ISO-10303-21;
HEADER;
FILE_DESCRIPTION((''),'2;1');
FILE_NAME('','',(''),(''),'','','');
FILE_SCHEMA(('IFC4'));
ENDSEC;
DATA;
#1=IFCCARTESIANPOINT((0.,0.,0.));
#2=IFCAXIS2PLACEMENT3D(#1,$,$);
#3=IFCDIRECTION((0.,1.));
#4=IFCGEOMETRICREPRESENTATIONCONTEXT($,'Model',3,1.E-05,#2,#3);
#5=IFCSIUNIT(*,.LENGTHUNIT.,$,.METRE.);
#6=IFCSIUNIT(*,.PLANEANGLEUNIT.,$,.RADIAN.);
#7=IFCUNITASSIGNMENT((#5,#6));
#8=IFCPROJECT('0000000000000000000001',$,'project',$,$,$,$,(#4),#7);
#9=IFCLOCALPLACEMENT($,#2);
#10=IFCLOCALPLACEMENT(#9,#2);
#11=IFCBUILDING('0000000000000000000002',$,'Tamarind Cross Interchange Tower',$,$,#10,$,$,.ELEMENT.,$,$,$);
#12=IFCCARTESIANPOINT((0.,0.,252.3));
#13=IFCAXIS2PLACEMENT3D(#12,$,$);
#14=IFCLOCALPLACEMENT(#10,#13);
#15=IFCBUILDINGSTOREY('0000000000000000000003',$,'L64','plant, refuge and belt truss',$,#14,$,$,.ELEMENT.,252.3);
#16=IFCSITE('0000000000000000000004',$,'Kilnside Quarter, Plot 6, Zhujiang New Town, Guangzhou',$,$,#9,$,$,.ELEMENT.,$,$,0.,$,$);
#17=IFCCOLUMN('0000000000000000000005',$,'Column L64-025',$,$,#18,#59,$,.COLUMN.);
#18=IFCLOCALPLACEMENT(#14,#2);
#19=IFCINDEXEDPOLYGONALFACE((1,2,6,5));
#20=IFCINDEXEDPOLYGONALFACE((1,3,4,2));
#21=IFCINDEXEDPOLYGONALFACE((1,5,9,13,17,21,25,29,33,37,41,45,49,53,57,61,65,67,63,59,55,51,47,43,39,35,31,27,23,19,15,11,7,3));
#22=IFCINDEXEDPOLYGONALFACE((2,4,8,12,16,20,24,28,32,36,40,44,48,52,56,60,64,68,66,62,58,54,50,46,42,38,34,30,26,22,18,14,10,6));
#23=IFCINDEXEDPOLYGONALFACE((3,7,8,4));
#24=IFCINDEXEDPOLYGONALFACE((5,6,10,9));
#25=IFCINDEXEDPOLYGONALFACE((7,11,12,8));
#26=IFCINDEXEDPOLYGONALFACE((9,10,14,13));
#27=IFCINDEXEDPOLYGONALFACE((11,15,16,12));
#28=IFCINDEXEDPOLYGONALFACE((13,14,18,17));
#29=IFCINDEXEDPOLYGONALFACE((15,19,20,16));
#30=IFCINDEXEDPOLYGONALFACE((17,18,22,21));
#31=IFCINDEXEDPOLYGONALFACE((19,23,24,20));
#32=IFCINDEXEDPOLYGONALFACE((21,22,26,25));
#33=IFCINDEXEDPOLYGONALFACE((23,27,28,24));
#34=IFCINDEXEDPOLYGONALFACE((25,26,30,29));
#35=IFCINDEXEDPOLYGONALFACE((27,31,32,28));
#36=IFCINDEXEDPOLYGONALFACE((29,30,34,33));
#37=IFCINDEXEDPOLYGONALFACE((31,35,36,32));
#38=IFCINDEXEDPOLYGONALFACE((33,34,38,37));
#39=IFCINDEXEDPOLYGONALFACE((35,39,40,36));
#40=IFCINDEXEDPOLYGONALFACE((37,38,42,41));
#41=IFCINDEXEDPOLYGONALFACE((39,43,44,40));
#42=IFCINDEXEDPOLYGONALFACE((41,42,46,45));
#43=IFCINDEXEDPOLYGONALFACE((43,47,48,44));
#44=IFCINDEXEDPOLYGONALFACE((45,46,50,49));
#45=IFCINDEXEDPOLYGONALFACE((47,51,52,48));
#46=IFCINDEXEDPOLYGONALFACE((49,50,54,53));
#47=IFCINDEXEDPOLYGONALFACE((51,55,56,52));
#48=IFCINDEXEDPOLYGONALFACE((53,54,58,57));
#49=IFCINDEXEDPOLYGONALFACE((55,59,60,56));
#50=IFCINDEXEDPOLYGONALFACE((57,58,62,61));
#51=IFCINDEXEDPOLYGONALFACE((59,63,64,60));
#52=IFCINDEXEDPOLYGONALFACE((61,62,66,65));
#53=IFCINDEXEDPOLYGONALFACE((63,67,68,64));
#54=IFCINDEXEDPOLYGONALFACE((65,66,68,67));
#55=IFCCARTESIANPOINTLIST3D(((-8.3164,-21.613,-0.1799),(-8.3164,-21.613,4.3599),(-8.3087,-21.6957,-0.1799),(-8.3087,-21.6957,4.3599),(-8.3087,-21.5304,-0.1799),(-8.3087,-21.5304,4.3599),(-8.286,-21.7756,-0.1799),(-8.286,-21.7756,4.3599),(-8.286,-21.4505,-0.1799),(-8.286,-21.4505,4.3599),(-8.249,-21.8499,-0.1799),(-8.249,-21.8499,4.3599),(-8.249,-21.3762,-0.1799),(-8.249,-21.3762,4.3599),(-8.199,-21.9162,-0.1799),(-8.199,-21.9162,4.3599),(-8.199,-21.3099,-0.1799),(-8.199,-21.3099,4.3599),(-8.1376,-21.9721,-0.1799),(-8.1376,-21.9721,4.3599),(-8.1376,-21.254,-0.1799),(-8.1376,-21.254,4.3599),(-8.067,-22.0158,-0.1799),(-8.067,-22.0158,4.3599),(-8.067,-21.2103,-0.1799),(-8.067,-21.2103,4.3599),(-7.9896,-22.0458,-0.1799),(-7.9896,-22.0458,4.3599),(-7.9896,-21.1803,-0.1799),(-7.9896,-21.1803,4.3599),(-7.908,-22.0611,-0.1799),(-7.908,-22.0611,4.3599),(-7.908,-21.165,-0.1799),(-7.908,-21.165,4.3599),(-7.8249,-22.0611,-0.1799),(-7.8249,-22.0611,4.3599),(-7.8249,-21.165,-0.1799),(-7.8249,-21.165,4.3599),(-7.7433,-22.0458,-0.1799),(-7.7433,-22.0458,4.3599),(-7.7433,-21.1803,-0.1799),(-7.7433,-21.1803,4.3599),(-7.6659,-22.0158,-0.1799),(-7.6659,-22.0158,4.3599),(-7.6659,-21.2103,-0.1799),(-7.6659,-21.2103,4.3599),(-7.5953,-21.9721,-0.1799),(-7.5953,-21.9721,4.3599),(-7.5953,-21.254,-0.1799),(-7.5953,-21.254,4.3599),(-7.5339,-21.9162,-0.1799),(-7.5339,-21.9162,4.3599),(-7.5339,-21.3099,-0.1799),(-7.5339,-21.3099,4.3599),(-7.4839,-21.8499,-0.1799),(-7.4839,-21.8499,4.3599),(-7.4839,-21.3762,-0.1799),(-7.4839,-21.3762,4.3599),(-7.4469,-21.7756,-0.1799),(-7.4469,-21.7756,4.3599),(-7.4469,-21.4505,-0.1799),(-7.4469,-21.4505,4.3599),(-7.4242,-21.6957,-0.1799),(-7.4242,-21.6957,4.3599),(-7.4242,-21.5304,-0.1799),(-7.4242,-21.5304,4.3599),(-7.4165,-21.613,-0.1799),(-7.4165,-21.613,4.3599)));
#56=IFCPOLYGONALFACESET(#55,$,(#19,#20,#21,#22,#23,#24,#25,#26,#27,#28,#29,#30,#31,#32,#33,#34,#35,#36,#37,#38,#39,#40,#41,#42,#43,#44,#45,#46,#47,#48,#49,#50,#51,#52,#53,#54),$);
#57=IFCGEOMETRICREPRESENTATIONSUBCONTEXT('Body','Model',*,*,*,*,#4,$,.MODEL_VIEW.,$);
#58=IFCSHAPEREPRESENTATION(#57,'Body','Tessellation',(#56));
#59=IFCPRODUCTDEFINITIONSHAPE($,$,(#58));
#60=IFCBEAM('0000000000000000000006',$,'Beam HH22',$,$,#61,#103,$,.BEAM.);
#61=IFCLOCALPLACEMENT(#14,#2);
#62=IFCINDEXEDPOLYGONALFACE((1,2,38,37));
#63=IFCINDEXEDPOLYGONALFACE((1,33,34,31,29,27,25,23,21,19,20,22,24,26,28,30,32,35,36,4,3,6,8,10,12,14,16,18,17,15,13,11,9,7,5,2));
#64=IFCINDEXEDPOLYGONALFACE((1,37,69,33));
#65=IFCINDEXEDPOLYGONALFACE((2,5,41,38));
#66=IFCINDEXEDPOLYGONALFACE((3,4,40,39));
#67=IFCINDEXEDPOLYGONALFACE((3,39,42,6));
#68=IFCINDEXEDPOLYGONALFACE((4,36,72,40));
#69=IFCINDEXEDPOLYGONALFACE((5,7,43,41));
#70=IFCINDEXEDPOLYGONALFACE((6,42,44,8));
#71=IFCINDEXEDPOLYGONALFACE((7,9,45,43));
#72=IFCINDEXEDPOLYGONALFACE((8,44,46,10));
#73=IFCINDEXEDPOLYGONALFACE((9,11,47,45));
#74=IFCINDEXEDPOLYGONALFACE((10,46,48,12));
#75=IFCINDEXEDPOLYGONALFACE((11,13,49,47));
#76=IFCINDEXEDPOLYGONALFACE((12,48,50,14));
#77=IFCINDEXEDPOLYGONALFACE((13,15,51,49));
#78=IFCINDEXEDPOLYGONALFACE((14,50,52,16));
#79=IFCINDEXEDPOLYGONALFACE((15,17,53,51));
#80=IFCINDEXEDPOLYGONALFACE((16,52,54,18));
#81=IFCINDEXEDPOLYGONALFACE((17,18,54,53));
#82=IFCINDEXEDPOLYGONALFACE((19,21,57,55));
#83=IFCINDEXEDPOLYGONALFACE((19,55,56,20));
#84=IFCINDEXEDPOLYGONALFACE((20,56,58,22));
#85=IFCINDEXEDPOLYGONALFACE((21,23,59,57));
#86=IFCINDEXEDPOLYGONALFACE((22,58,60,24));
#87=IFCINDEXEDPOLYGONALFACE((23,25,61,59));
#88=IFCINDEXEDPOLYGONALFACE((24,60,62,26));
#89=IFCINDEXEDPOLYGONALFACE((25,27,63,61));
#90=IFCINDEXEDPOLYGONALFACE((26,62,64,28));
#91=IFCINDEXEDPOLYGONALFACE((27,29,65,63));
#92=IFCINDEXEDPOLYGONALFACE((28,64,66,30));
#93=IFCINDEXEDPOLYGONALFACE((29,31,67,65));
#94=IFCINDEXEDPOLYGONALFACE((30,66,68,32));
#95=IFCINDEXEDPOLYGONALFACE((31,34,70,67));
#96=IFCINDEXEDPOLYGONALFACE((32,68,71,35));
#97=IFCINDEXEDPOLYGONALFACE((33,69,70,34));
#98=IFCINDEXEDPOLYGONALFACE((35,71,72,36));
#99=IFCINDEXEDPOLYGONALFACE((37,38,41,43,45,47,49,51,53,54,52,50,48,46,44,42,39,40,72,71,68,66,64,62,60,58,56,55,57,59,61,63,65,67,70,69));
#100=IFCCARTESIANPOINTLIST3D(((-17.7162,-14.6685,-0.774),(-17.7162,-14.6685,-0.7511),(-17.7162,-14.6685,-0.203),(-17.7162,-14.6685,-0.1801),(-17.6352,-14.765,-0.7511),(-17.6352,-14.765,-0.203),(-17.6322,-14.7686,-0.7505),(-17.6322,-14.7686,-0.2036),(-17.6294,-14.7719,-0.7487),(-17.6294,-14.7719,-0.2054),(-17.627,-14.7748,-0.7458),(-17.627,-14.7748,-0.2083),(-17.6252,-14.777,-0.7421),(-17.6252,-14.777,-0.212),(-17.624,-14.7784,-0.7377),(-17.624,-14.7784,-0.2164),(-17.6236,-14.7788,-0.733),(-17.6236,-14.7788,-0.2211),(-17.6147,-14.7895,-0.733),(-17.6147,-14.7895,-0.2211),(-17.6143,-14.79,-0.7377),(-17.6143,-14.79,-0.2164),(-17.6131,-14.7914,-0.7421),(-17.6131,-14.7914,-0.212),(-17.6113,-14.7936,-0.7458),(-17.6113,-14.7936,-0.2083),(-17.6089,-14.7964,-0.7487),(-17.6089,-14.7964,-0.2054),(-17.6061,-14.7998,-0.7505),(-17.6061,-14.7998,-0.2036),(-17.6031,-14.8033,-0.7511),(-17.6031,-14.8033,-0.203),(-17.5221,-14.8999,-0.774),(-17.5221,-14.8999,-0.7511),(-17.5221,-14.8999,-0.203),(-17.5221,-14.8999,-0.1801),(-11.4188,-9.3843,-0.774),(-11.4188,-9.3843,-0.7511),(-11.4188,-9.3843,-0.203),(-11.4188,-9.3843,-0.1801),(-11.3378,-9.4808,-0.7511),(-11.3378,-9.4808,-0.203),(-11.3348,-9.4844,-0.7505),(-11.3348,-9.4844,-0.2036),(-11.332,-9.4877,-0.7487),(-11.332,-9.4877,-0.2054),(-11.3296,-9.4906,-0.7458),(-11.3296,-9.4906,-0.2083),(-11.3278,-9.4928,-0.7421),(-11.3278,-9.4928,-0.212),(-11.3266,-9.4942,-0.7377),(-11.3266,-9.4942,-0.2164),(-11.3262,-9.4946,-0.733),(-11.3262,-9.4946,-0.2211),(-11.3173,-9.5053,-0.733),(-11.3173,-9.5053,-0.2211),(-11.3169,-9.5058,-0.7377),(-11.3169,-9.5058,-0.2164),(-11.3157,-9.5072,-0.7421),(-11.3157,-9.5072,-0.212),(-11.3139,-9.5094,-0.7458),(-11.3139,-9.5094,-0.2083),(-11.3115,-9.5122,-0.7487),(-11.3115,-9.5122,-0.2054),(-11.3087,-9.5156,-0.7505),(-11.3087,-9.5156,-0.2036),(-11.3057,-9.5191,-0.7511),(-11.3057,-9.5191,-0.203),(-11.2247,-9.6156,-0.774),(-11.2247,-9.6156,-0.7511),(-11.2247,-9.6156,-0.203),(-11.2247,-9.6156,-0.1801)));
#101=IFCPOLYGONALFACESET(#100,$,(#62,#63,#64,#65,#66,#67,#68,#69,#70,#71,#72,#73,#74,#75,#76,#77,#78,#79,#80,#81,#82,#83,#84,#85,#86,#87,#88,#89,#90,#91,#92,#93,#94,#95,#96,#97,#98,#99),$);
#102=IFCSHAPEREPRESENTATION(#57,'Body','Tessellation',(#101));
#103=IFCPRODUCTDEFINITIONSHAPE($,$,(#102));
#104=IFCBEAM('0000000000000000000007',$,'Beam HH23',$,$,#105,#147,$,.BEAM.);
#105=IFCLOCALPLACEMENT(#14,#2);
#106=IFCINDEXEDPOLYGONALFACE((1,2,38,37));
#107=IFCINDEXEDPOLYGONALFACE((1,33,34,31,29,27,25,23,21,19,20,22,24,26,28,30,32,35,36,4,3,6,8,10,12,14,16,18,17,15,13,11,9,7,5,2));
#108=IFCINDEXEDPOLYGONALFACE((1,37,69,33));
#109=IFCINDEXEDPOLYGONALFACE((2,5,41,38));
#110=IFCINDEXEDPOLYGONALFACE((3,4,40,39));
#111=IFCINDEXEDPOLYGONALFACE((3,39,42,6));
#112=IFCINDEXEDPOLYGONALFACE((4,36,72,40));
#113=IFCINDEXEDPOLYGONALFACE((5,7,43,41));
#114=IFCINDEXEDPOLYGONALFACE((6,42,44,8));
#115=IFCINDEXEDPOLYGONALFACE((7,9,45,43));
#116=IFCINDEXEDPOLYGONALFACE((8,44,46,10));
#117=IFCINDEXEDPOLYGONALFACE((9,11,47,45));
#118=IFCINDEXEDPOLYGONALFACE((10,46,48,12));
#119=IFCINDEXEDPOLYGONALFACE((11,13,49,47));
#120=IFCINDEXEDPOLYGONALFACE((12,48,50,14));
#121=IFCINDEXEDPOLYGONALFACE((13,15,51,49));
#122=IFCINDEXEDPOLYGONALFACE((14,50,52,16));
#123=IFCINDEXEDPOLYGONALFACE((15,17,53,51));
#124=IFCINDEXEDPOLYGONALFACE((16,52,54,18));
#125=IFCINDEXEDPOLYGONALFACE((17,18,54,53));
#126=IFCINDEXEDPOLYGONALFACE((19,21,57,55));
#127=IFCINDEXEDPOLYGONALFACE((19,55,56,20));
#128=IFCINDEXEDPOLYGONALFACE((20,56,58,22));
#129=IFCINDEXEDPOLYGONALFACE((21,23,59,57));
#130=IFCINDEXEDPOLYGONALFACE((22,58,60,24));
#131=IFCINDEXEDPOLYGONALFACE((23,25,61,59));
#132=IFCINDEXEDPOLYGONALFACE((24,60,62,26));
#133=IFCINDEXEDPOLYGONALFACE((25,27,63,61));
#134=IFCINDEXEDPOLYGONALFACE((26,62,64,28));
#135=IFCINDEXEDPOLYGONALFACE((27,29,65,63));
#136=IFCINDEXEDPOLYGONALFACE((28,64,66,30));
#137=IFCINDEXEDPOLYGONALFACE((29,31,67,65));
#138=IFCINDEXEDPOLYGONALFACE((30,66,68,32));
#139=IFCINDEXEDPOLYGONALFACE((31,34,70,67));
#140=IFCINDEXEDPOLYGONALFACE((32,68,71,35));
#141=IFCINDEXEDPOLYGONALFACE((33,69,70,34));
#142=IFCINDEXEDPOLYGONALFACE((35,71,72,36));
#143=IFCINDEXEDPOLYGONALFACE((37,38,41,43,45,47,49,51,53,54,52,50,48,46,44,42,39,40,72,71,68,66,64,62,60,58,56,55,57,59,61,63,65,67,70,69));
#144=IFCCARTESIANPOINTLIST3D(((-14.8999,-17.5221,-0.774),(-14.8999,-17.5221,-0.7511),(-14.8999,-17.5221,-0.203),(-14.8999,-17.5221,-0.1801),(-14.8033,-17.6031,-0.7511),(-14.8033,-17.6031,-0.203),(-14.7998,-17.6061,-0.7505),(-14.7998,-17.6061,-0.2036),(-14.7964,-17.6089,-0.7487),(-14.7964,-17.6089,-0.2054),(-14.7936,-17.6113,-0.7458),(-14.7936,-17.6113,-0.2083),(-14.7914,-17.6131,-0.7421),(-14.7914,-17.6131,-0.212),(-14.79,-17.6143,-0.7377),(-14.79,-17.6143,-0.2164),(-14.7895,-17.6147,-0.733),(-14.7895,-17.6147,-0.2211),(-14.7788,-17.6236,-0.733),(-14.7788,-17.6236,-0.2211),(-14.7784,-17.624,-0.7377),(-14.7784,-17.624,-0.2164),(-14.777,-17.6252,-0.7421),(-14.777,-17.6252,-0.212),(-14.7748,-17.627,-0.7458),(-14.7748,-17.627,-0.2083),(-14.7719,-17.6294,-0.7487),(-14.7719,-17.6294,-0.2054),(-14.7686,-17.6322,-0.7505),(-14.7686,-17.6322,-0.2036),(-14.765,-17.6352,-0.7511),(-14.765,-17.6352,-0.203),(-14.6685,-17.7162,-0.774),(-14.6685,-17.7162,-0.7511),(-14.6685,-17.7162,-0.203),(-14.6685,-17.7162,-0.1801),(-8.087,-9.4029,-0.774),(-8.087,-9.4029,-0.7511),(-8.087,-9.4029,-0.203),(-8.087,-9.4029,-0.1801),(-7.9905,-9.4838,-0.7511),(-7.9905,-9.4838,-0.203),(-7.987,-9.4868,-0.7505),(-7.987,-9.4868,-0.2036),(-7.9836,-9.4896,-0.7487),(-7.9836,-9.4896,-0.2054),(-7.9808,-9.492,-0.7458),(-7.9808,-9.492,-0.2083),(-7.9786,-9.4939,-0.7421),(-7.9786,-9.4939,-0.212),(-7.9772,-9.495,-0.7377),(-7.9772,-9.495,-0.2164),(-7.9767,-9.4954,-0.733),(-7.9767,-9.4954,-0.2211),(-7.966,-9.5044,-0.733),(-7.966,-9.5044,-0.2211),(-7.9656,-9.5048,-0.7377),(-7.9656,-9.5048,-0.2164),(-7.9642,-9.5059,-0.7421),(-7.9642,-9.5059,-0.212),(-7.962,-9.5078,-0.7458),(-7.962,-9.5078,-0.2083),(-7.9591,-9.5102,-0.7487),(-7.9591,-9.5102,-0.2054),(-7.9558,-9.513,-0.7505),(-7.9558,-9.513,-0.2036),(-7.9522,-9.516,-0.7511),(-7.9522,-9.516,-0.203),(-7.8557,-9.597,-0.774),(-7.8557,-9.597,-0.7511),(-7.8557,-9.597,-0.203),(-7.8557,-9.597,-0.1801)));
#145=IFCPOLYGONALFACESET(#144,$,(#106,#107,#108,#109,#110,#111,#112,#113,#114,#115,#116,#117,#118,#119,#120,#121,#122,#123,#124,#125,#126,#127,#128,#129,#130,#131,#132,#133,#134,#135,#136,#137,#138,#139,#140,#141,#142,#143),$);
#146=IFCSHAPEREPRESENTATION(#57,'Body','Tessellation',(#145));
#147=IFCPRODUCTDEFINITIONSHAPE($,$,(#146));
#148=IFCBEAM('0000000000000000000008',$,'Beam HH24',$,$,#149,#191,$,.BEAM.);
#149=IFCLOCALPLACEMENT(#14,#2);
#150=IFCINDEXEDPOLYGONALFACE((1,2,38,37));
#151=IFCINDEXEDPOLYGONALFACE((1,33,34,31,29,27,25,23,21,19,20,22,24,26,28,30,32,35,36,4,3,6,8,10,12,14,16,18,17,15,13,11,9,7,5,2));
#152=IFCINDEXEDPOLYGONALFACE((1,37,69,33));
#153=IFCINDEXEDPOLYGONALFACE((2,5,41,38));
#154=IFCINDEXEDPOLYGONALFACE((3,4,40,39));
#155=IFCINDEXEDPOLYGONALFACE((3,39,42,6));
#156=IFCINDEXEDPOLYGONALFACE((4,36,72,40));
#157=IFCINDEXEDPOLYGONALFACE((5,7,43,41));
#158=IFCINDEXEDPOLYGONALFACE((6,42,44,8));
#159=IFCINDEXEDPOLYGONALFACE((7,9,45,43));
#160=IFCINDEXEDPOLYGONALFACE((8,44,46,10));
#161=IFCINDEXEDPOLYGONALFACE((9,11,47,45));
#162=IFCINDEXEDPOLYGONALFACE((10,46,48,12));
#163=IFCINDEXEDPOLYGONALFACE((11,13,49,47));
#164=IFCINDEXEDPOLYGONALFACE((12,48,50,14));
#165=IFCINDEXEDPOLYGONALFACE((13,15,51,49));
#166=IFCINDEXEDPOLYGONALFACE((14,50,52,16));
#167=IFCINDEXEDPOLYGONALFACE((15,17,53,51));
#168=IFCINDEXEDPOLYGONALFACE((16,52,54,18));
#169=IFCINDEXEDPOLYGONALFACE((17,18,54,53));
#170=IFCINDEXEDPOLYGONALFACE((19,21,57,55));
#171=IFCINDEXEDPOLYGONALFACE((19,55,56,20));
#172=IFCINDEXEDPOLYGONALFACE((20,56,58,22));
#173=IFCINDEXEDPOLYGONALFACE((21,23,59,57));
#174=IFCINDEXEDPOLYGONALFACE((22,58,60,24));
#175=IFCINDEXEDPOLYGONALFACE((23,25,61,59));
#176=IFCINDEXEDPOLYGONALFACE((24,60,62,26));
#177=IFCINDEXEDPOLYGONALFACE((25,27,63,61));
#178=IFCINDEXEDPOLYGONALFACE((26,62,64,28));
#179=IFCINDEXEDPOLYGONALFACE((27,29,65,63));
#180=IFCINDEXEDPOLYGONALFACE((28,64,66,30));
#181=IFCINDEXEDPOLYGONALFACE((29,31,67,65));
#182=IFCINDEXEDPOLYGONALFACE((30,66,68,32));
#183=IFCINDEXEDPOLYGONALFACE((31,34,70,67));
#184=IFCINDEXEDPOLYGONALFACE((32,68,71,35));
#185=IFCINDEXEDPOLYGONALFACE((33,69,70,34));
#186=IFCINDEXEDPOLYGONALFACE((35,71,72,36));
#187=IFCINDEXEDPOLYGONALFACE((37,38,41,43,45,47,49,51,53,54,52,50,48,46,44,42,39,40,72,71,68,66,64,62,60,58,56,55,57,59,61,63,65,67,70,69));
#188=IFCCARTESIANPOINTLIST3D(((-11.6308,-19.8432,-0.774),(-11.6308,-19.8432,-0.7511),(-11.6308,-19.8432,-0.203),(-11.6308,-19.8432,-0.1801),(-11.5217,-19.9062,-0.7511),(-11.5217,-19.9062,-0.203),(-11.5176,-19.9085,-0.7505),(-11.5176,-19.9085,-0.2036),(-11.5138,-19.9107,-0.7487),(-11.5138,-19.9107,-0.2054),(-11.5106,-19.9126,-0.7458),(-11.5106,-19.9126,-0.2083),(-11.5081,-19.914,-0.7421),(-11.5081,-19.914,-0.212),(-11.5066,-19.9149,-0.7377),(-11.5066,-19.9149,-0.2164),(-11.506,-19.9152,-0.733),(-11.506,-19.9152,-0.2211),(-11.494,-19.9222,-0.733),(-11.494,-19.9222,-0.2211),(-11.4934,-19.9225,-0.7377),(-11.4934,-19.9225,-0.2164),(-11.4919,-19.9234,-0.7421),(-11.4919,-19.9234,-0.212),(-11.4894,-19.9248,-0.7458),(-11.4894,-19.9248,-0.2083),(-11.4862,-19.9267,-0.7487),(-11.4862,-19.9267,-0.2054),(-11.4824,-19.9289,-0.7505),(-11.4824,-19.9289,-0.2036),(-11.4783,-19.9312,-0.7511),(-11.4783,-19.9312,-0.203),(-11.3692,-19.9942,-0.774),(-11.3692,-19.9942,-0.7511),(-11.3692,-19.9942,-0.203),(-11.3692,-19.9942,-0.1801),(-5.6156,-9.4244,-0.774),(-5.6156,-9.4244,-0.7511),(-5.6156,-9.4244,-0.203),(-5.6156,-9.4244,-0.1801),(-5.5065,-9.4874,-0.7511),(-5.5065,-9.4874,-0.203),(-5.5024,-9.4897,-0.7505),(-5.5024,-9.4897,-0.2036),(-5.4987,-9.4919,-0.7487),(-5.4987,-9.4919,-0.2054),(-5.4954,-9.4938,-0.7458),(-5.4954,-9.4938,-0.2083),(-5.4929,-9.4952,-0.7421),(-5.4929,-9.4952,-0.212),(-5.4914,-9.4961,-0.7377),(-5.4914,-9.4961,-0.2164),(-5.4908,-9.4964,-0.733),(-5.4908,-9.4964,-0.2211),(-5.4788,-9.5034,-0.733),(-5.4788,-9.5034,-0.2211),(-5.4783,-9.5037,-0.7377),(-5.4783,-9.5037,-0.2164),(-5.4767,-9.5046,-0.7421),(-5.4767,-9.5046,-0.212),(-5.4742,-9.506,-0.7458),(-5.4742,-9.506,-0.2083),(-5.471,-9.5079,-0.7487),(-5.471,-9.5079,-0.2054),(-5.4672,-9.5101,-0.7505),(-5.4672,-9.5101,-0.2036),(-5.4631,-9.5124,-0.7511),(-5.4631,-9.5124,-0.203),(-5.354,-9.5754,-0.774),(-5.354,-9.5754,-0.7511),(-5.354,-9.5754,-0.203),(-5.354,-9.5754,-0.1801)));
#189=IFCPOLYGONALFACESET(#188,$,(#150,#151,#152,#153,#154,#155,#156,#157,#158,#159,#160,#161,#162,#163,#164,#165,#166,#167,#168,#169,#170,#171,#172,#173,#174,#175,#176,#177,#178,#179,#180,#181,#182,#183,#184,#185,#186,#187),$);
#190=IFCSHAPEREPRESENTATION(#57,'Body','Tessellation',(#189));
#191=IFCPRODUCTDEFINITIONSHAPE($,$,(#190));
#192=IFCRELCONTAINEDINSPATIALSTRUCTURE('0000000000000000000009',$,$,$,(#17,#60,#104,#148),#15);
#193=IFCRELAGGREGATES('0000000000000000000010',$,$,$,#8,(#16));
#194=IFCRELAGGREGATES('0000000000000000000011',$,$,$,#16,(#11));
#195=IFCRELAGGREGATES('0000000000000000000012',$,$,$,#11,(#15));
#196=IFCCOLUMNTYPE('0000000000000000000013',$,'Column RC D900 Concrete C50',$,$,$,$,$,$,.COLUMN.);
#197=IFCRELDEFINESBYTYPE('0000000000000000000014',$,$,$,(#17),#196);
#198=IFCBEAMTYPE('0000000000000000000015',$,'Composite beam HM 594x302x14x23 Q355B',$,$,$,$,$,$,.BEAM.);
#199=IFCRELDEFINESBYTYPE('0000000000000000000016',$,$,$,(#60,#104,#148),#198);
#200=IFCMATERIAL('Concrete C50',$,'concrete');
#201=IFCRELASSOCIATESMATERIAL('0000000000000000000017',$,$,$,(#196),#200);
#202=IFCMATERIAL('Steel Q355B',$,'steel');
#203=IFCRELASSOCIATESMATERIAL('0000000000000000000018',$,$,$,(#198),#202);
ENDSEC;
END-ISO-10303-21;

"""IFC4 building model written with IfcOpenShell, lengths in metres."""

from ifc_helpers import new_model, si_unit, direction, frame, origin, origin_2d, place, context, subcontext, project, spatial, circle, i_section, extrude, material, material_profile, profile_set, type_object, element, save


model = new_model("IFC4")

# Units and contexts
model_context = context("Model", 3, precision=1e-05, world=origin(), true_north=direction((0.0, 1.0)))
body_context = subcontext(model_context, "Body", "Model", "MODEL_VIEW")
ifc_project = project(units=[si_unit("LENGTHUNIT", "METRE"), si_unit("PLANEANGLEUNIT", "RADIAN")], contexts=[model_context])

# Site, building, storey
site_placement = place(None, origin())
site = spatial("IfcSite", under=ifc_project, at=site_placement, Name="Kilnside Quarter, Plot 6, Zhujiang New Town, Guangzhou", CompositionType="ELEMENT", RefElevation=0.0)
building_placement = place(site_placement, origin())
building = spatial("IfcBuilding", under=site, at=building_placement, Name="Tamarind Cross Interchange Tower", CompositionType="ELEMENT")
storey_placement = place(building_placement, frame((0.0, 0.0, 252.3)))
storey = spatial("IfcBuildingStorey", under=building, at=storey_placement, Name="L64", Description="plant, refuge and belt truss", CompositionType="ELEMENT", Elevation=252.3)

# Column
ifc_material_1 = material(Name="Concrete C50", Category="concrete")
ifc_material_profile_1 = material_profile(ifc_material_1, circle(Radius=0.45, at=origin_2d()), Name="RC D900")
ifc_profile_set_1 = profile_set([ifc_material_profile_1], Name="Concrete C50")
column_type = type_object("IfcColumnType", Name="Column RC D900 Concrete C50", PredefinedType="COLUMN", material=ifc_profile_set_1)
for number, where, z_axis, x_axis, name in (
    (1, (-7.8665, -21.613, -0.1799), (0.0, 0.0, 1.0), (1.0, 0.0, 0.0), "Column L64-025"),
):
    element("IfcColumn", number, at=place(storey_placement, frame(where, z_axis=z_axis, x_axis=x_axis)), inside=storey, type_object=column_type, Name=name, PredefinedType="COLUMN", context=body_context, shape_type="SweptSolid", body=[
        extrude(circle(Radius=0.45, at=origin_2d()), origin(), (0.0, 0.0, 1.0), 4.5398),
    ])

# Beams
ifc_material_2 = material(Name="Steel Q355B", Category="steel")
ifc_material_profile_2 = material_profile(ifc_material_2, i_section(OverallWidth=0.302, OverallDepth=0.594, WebThickness=0.0139, FlangeThickness=0.0229, FilletRadius=0.0181, at=origin_2d()), Name="HM 594x302x14x23")
ifc_profile_set_2 = profile_set([ifc_material_profile_2], Name="Steel Q355B")
beam_type = type_object("IfcBeamType", Name="Composite beam HM 594x302x14x23 Q355B", PredefinedType="BEAM", material=ifc_profile_set_2)
beam_1_placement = place(storey_placement, frame((-17.6191, -14.7842, -0.4771), z_axis=(0.766041, 0.642792, 0.0), x_axis=(-0.642792, 0.766041, 0.0)))
element("IfcBeam", 2, at=beam_1_placement, inside=storey, type_object=beam_type, Name="Beam HH22", PredefinedType="BEAM", context=body_context, shape_type="SweptSolid", body=[
    extrude(i_section(OverallWidth=0.302, OverallDepth=0.594, WebThickness=0.0139, FlangeThickness=0.0229, FilletRadius=0.0181, at=origin_2d()), origin(), (0.0, 0.0, 1.0), 8.2207),
])
beam_2_placement = place(storey_placement, frame((-14.7842, -17.6191, -0.4771), z_axis=(0.642786, 0.766046, 0.0), x_axis=(-0.766046, 0.642786, 0.0)))
element("IfcBeam", 3, at=beam_2_placement, inside=storey, type_object=beam_type, Name="Beam HH23", PredefinedType="BEAM", context=body_context, shape_type="SweptSolid", body=[
    extrude(i_section(OverallWidth=0.302, OverallDepth=0.594, WebThickness=0.0139, FlangeThickness=0.0229, FilletRadius=0.0181, at=origin_2d()), origin(), (0.0, 0.0, 1.0), 10.5989),
])
beam_3_placement = place(storey_placement, frame((-11.5, -19.9187, -0.4771), z_axis=(0.499994, 0.866029, 0.0), x_axis=(-0.866029, 0.499994, 0.0)))
element("IfcBeam", 4, at=beam_3_placement, inside=storey, type_object=beam_type, Name="Beam HH24", PredefinedType="BEAM", context=body_context, shape_type="SweptSolid", body=[
    extrude(i_section(OverallWidth=0.302, OverallDepth=0.594, WebThickness=0.0139, FlangeThickness=0.0229, FilletRadius=0.0181, at=origin_2d()), origin(), (0.0, 0.0, 1.0), 12.0305),
])

save(model, "model.ifc")
